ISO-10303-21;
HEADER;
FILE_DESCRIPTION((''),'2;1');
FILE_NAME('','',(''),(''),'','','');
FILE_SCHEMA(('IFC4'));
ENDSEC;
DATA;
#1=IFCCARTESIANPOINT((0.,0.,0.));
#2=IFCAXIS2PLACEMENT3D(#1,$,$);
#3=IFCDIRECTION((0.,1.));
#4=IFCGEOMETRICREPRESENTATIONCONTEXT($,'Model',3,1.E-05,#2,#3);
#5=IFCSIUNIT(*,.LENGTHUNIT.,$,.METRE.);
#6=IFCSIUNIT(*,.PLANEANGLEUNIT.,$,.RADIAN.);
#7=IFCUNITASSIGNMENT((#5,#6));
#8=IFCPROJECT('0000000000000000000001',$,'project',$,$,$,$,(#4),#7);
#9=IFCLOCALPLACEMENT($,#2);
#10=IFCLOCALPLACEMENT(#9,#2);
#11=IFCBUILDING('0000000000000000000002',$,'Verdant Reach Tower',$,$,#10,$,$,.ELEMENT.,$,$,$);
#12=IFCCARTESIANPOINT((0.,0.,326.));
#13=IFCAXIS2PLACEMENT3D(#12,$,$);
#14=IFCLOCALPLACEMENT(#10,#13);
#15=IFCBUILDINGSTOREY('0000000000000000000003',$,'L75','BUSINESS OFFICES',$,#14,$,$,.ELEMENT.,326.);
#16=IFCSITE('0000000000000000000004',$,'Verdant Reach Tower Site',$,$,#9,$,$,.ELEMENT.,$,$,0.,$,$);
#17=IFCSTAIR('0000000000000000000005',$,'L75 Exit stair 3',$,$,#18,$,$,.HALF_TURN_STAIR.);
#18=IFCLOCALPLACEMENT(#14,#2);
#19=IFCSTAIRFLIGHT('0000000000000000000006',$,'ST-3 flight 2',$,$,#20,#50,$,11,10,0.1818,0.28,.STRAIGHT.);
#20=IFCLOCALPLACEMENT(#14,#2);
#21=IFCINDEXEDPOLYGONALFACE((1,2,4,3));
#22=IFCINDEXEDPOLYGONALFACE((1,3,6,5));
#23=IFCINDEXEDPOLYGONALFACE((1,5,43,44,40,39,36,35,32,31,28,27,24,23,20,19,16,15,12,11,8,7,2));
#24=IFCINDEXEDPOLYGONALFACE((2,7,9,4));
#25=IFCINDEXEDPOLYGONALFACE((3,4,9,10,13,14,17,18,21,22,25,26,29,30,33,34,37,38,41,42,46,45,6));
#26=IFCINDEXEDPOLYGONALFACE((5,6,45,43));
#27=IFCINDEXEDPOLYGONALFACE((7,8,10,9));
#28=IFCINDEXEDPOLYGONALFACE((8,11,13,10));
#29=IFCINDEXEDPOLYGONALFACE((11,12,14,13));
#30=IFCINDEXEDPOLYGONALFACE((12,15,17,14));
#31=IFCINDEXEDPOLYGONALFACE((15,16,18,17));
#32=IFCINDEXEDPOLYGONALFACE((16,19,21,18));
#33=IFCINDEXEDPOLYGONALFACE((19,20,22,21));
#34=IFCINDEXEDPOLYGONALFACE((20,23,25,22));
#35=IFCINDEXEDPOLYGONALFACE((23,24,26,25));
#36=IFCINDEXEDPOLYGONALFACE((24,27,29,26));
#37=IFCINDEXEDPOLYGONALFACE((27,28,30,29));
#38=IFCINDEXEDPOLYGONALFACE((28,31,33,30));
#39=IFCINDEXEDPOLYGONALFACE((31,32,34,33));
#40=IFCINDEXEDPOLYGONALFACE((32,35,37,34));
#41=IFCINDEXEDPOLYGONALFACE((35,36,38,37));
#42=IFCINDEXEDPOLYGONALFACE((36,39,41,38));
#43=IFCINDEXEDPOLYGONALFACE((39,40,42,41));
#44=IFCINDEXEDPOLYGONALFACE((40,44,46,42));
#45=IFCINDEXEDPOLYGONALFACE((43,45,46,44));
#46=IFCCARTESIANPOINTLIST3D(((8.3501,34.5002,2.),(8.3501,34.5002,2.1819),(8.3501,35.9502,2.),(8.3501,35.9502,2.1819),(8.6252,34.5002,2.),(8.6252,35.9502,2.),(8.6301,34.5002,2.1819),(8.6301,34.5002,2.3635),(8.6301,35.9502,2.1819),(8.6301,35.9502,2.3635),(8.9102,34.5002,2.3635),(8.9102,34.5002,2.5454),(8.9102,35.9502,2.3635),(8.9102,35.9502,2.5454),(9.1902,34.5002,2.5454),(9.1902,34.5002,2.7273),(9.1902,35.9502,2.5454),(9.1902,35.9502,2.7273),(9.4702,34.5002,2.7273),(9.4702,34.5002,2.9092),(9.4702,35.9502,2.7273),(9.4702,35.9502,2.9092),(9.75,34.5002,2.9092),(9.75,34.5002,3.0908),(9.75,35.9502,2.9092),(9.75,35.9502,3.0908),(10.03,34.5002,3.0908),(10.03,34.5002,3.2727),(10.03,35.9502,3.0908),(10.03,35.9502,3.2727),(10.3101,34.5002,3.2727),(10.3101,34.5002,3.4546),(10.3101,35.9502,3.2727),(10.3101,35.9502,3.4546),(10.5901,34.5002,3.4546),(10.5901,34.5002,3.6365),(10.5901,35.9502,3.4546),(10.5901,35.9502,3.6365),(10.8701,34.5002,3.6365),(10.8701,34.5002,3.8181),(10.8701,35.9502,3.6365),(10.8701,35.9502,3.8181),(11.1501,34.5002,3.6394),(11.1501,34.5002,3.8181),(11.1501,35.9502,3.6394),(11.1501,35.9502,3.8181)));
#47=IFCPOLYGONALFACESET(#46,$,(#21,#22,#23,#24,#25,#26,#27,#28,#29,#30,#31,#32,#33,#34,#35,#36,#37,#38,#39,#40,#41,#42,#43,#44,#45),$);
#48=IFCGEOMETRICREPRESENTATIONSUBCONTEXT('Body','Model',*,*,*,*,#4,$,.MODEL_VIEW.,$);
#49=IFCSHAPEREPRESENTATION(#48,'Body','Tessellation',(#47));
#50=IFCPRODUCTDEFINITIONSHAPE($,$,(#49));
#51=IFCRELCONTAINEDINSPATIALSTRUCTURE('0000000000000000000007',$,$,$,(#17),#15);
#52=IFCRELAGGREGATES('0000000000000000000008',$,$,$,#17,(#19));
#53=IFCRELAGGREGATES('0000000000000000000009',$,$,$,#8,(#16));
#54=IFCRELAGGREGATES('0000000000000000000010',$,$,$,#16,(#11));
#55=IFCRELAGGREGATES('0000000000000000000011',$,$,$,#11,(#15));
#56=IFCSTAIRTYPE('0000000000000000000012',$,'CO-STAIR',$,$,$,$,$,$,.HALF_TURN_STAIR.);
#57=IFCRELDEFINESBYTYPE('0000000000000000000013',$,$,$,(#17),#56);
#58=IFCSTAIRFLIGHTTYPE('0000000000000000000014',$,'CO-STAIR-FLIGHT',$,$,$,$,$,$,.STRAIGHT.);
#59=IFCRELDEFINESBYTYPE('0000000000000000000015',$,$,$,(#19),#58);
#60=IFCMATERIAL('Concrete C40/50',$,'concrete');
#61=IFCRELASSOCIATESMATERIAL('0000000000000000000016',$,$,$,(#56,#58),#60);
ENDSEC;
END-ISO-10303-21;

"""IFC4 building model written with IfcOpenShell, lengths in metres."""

from ifc_helpers import new_model, si_unit, direction, frame, origin, place, context, subcontext, project, spatial, polyline, outline, extrude, material, type_object, element, aggregate, save


model = new_model("IFC4")

# Units and contexts
model_context = context("Model", 3, precision=1e-05, world=origin(), true_north=direction((0.0, 1.0)))
body_context = subcontext(model_context, "Body", "Model", "MODEL_VIEW")
ifc_project = project(units=[si_unit("LENGTHUNIT", "METRE"), si_unit("PLANEANGLEUNIT", "RADIAN")], contexts=[model_context])

# Site, building, storey
site_placement = place(None, origin())
site = spatial("IfcSite", under=ifc_project, at=site_placement, Name="Verdant Reach Tower Site", CompositionType="ELEMENT", RefElevation=0.0)
building_placement = place(site_placement, origin())
building = spatial("IfcBuilding", under=site, at=building_placement, Name="Verdant Reach Tower", CompositionType="ELEMENT")
storey_placement = place(building_placement, frame((0.0, 0.0, 326.0)))
storey = spatial("IfcBuildingStorey", under=building, at=storey_placement, Name="L75", Description="BUSINESS OFFICES", CompositionType="ELEMENT", Elevation=326.0)

# Shared definitions
ifc_material_1 = material(Name="Concrete C40/50", Category="concrete")

# Stair, stair flight
stair_type = type_object("IfcStairType", Name="CO-STAIR", PredefinedType="HALF_TURN_STAIR", material=ifc_material_1)
stair_placement = place(storey_placement, origin())
stair = element("IfcStair", 1, at=stair_placement, inside=storey, type_object=stair_type, Name="L75 Exit stair 3", PredefinedType="HALF_TURN_STAIR")
stair_flight_type = type_object("IfcStairFlightType", Name="CO-STAIR-FLIGHT", PredefinedType="STRAIGHT", material=ifc_material_1)
stair_flight_1_placement = place(storey_placement, frame((8.3501, 35.2251, 2.0), z_axis=(0.0, 0.0, 1.0), x_axis=(1.0, 0.0, 0.0)))
stair_flight_1 = element("IfcStairFlight", 2, at=stair_flight_1_placement, type_object=stair_flight_type, Name="ST-3 flight 2", NumberOfRisers=11, NumberOfTreads=10, PredefinedType="STRAIGHT", RiserHeight=0.1818, TreadLength=0.28, context=body_context, shape_type="SweptSolid", body=[
    extrude(outline(polyline([(0.0, 0.0), (0.0, 0.1819), (0.28, 0.1819), (0.28, 0.3635), (0.5601, 0.3635), (0.5601, 0.5454), (0.8401, 0.5454), (0.8401, 0.7273), (1.1201, 0.7273), (1.1201, 0.9092), (1.3999, 0.9092), (1.3999, 1.0908), (1.6799, 1.0908), (1.6799, 1.2727), (1.96, 1.2727), (1.96, 1.4546), (2.24, 1.4546), (2.24, 1.6365), (2.52, 1.6365), (2.52, 1.8181), (2.8, 1.8181), (2.8, 2.0), (2.8, 1.6394), (0.2751, 0.0), (0.0, 0.0)])), frame((0.0, 0.7251, 0.0), z_axis=(0.0, -1.0, 0.0), x_axis=(1.0, 0.0, 0.0)), (0.0, 0.0, 1.0), 1.45),
])
aggregate(stair, [stair_flight_1])

save(model, "model.ifc")
